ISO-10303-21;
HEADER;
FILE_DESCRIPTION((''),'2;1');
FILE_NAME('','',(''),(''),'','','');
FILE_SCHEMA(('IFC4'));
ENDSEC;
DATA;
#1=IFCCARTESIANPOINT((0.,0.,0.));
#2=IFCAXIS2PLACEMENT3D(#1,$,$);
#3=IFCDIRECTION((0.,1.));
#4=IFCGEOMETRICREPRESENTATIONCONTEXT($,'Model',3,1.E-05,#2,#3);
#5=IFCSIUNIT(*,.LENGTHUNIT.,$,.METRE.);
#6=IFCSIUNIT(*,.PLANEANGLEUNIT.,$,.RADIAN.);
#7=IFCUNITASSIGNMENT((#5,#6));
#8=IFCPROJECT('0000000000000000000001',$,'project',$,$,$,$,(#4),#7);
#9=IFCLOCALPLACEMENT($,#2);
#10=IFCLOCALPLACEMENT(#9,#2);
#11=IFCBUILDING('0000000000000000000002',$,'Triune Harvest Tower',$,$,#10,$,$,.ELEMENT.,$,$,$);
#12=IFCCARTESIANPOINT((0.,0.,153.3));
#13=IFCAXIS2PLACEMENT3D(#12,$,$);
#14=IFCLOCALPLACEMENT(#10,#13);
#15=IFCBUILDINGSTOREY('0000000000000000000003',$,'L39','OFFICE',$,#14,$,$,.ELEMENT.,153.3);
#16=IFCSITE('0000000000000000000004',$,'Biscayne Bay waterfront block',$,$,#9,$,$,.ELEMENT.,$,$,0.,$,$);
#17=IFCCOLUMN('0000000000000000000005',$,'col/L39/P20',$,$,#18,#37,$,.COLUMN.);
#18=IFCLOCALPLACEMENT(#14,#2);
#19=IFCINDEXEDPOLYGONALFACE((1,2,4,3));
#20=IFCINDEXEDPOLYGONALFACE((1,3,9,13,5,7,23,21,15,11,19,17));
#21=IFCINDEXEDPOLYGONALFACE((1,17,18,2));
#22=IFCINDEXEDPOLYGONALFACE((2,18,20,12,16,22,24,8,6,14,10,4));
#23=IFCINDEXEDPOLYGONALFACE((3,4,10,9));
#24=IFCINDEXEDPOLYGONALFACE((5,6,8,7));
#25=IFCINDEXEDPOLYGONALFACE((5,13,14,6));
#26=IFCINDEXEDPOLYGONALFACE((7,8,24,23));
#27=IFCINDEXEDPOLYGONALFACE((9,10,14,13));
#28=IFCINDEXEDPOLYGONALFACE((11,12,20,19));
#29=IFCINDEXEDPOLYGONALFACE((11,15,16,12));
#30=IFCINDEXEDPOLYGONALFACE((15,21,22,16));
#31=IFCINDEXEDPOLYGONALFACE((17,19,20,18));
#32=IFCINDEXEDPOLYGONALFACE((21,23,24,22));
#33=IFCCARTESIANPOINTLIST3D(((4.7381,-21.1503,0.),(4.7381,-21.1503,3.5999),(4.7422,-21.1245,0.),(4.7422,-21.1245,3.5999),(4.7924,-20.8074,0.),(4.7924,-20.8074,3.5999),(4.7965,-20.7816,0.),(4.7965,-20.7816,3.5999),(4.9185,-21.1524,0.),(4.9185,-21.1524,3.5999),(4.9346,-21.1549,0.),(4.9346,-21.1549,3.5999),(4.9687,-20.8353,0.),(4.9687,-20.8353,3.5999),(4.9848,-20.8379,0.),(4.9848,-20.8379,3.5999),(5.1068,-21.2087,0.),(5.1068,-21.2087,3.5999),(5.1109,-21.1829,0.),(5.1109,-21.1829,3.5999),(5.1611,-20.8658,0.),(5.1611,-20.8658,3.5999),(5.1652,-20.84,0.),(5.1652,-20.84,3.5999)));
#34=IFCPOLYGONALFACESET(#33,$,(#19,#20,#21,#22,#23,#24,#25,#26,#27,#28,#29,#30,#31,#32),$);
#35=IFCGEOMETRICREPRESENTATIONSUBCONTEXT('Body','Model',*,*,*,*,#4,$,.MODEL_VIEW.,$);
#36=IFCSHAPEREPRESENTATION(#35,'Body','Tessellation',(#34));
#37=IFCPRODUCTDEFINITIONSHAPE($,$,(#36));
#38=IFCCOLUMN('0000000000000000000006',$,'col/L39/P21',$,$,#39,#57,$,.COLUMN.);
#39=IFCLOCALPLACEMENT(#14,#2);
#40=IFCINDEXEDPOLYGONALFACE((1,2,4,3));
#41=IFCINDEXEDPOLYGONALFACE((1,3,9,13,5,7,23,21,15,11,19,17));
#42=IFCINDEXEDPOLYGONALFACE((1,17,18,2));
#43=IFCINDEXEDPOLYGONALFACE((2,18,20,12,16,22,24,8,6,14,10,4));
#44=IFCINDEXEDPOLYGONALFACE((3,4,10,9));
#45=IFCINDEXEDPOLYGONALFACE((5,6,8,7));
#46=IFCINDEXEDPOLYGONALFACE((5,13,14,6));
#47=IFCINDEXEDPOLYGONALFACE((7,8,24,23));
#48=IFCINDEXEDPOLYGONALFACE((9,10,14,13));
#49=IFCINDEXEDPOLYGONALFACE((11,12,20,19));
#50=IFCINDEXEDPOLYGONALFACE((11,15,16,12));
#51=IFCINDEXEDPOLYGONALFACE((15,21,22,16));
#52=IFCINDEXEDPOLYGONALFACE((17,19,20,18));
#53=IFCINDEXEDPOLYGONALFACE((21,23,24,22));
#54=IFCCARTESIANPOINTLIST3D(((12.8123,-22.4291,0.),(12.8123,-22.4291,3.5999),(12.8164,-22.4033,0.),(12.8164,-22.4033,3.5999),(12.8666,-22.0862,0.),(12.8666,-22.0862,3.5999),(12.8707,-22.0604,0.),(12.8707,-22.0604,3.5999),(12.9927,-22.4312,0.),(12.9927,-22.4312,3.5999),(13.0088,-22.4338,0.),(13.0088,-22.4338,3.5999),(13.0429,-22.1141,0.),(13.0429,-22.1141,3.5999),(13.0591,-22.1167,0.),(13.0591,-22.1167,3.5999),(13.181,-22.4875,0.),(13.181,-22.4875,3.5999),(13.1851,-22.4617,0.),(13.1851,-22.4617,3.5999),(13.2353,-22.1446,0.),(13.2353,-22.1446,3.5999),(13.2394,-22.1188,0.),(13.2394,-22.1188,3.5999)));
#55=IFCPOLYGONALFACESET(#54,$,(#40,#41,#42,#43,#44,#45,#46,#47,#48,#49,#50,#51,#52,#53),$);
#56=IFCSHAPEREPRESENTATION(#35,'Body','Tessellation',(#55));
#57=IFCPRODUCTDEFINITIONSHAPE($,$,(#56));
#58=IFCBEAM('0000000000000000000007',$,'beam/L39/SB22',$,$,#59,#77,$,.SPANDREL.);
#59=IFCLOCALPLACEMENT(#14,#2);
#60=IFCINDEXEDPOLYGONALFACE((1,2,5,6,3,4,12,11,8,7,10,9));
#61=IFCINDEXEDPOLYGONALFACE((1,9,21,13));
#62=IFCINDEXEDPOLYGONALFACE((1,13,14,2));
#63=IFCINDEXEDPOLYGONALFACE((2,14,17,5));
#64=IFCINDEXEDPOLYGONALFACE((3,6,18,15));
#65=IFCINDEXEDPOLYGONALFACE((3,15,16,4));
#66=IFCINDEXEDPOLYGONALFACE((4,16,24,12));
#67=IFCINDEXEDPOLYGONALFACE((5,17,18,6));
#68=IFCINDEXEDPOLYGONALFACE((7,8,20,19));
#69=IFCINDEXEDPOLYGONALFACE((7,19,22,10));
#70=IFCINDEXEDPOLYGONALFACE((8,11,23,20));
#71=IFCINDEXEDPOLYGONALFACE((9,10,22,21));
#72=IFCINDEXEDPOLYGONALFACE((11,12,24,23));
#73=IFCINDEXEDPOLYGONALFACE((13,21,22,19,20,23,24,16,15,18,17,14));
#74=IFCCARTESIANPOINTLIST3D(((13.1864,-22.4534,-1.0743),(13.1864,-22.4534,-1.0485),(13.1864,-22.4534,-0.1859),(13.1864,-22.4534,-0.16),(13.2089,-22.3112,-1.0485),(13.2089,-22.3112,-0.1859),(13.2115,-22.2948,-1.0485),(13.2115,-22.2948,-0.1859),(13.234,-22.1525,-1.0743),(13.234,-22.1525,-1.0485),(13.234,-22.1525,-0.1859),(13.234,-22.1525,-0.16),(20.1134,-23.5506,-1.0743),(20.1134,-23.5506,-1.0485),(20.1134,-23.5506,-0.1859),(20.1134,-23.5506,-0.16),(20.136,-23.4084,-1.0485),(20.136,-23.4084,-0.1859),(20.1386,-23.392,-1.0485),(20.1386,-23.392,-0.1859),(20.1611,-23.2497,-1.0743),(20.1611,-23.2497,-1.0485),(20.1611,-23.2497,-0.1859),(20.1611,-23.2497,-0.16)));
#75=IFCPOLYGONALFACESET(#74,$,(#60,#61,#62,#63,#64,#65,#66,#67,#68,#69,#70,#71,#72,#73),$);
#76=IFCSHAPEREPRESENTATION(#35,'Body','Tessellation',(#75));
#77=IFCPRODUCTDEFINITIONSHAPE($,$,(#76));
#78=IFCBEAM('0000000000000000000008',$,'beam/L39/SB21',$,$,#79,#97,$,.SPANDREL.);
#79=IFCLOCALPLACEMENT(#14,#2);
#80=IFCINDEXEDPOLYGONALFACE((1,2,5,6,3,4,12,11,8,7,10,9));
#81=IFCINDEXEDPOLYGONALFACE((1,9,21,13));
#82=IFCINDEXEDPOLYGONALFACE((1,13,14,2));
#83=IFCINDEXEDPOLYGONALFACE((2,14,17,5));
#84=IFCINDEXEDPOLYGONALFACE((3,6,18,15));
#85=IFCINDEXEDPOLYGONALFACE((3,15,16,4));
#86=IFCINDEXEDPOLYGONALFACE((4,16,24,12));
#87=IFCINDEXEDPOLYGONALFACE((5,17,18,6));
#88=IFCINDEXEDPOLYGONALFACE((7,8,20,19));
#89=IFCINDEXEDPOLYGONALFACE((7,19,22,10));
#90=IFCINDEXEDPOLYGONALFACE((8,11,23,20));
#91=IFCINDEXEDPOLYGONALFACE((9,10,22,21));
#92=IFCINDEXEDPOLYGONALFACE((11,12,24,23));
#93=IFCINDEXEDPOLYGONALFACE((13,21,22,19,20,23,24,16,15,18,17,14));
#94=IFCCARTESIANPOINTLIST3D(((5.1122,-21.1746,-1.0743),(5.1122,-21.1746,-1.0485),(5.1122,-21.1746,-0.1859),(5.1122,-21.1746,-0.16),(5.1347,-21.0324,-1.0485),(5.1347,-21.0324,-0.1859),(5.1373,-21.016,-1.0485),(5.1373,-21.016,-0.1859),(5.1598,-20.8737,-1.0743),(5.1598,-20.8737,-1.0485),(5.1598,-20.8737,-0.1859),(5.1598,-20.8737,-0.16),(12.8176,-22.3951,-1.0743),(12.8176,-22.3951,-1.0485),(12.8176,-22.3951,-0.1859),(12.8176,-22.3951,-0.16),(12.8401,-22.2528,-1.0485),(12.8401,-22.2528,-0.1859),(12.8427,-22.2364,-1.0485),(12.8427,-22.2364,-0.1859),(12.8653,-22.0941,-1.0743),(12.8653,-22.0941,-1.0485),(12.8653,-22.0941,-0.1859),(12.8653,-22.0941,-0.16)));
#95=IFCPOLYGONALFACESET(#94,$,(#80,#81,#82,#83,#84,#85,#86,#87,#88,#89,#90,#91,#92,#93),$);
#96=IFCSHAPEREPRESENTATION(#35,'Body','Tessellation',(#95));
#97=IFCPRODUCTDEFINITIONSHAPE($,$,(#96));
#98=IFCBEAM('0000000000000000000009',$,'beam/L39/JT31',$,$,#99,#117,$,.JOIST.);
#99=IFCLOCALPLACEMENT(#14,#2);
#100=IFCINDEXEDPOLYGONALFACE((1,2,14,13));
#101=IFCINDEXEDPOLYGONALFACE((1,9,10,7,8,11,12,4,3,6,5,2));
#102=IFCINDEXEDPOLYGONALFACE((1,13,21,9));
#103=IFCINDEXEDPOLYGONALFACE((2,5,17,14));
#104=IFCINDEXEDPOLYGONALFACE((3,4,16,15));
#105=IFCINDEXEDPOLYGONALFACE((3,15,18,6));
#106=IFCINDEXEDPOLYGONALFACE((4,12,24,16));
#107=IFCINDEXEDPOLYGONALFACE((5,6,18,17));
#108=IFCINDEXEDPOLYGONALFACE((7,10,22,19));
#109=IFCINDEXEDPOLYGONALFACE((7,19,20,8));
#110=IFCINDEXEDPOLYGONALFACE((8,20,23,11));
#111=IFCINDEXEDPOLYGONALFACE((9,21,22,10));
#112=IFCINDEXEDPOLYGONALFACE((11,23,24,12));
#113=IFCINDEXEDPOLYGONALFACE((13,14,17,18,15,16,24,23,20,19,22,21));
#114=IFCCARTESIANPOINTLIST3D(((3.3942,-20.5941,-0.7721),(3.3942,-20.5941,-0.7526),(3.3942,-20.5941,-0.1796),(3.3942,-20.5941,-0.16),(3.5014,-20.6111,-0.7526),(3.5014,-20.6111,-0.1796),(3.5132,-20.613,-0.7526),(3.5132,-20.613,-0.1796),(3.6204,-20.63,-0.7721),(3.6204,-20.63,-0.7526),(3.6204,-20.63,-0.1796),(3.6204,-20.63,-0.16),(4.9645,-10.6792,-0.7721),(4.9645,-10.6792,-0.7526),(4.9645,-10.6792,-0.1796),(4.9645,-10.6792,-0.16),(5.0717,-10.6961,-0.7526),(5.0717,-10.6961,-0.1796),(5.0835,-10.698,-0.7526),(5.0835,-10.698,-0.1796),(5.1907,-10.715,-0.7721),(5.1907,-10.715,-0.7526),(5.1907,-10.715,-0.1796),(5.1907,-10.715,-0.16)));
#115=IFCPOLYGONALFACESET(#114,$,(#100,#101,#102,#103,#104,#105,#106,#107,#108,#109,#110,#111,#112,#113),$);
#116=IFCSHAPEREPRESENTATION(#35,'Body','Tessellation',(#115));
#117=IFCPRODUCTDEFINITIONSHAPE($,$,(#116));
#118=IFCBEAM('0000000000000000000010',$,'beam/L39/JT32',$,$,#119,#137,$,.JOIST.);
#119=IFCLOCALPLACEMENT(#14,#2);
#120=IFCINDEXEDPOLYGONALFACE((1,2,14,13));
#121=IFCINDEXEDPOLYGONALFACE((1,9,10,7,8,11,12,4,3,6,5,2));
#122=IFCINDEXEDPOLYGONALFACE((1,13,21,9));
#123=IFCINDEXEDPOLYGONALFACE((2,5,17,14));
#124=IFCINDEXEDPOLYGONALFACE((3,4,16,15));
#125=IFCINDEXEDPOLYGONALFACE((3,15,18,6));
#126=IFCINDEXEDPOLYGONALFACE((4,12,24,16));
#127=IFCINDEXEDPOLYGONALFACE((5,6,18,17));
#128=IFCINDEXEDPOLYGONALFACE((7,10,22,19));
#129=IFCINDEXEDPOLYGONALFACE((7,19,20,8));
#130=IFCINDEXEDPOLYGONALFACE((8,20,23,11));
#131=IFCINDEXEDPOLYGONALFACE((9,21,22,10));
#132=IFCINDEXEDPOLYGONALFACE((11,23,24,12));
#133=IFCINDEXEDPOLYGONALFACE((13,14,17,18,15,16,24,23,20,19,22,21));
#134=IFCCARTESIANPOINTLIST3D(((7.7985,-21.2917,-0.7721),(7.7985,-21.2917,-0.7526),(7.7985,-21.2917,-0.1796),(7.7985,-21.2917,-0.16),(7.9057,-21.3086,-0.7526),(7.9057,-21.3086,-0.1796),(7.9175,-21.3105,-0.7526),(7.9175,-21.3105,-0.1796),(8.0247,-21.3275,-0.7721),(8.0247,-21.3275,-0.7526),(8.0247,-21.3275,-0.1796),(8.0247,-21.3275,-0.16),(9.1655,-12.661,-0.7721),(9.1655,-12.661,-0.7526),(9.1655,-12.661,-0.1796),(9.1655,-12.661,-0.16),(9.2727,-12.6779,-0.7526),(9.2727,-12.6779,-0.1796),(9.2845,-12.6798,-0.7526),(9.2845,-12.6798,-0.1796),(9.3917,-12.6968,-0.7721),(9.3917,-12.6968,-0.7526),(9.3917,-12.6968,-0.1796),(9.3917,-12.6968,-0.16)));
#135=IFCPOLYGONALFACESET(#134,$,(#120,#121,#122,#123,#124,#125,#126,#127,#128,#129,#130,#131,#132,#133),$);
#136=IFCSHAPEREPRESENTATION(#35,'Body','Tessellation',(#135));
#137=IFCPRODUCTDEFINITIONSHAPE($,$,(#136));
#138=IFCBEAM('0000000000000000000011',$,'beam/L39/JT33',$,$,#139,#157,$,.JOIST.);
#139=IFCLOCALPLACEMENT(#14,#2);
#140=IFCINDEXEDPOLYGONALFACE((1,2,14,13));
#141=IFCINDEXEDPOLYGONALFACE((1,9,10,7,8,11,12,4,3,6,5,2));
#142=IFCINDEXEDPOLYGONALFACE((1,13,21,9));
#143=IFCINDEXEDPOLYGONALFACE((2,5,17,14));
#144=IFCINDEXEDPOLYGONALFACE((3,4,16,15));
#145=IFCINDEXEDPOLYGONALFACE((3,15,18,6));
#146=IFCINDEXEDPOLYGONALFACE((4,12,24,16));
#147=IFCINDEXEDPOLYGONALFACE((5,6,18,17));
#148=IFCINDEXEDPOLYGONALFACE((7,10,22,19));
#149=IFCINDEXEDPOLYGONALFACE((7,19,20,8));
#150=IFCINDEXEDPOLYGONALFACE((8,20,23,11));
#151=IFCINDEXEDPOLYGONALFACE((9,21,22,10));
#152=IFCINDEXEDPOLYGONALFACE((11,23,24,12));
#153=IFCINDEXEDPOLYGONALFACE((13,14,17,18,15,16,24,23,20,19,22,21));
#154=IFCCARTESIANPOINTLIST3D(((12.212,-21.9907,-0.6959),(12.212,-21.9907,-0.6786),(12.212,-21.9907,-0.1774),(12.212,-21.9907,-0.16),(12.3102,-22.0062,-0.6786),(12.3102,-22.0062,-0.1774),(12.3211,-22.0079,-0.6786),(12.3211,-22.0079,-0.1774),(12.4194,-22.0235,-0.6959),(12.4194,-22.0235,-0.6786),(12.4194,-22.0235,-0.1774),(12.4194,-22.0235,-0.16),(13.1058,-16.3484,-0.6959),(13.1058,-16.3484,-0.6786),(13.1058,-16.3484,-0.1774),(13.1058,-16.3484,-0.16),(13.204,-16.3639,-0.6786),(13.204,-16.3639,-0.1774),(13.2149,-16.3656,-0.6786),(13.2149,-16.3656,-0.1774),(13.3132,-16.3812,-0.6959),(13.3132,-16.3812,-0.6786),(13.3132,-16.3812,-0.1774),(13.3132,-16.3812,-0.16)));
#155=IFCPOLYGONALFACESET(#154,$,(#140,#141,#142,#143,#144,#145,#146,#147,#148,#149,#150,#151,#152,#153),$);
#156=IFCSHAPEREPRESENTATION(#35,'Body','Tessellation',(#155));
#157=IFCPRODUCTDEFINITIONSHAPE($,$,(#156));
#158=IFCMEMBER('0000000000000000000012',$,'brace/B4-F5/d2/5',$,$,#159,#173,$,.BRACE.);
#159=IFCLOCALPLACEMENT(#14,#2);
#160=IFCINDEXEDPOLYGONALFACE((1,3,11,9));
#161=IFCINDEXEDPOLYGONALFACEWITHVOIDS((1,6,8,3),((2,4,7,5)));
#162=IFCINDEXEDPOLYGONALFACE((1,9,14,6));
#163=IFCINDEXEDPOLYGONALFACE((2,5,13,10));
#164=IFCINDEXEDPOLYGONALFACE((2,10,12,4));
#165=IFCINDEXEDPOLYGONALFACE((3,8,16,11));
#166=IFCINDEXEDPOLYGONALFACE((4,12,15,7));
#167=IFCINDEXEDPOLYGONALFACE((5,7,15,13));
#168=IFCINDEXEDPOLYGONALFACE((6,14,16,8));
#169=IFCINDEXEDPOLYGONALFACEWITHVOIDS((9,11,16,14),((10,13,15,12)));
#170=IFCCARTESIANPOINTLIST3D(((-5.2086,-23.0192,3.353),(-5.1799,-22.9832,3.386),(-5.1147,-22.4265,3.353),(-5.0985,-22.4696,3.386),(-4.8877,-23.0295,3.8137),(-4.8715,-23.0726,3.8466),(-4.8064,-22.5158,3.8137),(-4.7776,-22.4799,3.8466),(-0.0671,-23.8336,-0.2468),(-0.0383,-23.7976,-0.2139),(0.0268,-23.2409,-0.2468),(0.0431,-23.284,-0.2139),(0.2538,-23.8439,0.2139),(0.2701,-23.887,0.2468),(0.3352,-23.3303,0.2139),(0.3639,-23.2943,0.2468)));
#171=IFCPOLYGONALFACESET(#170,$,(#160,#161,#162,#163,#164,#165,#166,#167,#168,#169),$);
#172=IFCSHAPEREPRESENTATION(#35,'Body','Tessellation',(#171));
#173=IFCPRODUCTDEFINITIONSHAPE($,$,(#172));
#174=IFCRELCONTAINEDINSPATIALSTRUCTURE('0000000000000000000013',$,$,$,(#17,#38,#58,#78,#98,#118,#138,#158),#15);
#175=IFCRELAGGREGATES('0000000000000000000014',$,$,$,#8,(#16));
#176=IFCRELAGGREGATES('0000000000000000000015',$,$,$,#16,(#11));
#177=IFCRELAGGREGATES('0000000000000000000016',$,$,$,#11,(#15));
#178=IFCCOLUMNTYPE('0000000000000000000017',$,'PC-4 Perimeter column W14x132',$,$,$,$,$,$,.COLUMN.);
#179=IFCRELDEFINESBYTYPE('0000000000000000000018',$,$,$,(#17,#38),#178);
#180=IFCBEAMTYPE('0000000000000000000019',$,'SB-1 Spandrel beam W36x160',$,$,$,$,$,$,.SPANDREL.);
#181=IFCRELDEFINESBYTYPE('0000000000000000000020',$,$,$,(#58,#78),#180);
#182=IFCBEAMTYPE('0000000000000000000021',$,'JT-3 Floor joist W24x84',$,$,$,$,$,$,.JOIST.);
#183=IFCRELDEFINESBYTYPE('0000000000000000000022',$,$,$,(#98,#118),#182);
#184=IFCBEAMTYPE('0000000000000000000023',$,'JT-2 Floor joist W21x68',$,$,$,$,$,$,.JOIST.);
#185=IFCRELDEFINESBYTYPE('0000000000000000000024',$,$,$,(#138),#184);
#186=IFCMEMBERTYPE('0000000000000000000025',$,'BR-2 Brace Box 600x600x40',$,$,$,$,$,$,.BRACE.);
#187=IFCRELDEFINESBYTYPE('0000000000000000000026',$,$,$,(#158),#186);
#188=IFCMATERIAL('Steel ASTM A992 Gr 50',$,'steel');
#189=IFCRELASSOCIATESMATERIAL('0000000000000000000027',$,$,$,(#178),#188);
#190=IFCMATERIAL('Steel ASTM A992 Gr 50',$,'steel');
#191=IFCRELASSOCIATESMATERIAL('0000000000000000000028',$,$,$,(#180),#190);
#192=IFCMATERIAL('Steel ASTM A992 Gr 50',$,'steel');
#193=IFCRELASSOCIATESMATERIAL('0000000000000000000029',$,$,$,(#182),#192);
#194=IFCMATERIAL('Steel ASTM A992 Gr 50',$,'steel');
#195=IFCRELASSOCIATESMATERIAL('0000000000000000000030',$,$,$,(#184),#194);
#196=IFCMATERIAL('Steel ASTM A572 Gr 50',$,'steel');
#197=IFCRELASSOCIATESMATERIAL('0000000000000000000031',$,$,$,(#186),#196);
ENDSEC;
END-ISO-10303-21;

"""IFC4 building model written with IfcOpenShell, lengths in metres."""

from ifc_helpers import new_model, si_unit, direction, frame, origin, origin_2d, place, context, subcontext, project, spatial, hollow_rectangle, i_section, extrude, source, transform, mapped, material, material_profile, profile_set, type_object, element, save


model = new_model("IFC4")

# Units and contexts
model_context = context("Model", 3, precision=1e-05, world=origin(), true_north=direction((0.0, 1.0)))
body_context = subcontext(model_context, "Body", "Model", "MODEL_VIEW")
ifc_project = project(units=[si_unit("LENGTHUNIT", "METRE"), si_unit("PLANEANGLEUNIT", "RADIAN")], contexts=[model_context])

# Site, building, storey
site_placement = place(None, origin())
site = spatial("IfcSite", under=ifc_project, at=site_placement, Name="Biscayne Bay waterfront block", CompositionType="ELEMENT", RefElevation=0.0)
building_placement = place(site_placement, origin())
building = spatial("IfcBuilding", under=site, at=building_placement, Name="Triune Harvest Tower", CompositionType="ELEMENT")
storey_placement = place(building_placement, frame((0.0, 0.0, 153.3)))
storey = spatial("IfcBuildingStorey", under=building, at=storey_placement, Name="L39", Description="OFFICE", CompositionType="ELEMENT", Elevation=153.3)

# Columns
ifc_material_1 = material(Name="Steel ASTM A992 Gr 50", Category="steel")
ifc_material_profile_1 = material_profile(ifc_material_1, i_section(OverallWidth=0.3733, OverallDepth=0.3733, WebThickness=0.0164, FlangeThickness=0.0261, at=origin_2d()), Name="W14x132")
ifc_profile_set_1 = profile_set([ifc_material_profile_1], Name="Steel ASTM A992 Gr 50")
column_type = type_object("IfcColumnType", Name="PC-4 Perimeter column W14x132", PredefinedType="COLUMN", material=ifc_profile_set_1)
shared_shape_1 = source(origin(), body_context, "Body", "SweptSolid", [
    extrude(i_section(OverallWidth=0.3733, OverallDepth=0.3733, WebThickness=0.0164, FlangeThickness=0.0261, at=origin_2d()), origin(), (0.0, 0.0, 1.0), 3.5999),
])
for number, where, z_axis, x_axis, name in (
    (1, (4.9517, -20.9951, 0.0), (0.0, 0.0, 1.0), (0.987688, -0.156434, 0.0), "col/L39/P20"),
    (2, (13.0259, -22.2739, 0.0), (0.0, 0.0, 1.0), (0.987688, -0.156434, 0.0), "col/L39/P21"),
):
    element("IfcColumn", number, at=place(storey_placement, frame(where, z_axis=z_axis, x_axis=x_axis)), inside=storey, type_object=column_type, Name=name, PredefinedType="COLUMN", context=body_context, shape_type="MappedRepresentation", body=[
        mapped(shared_shape_1, transform((0.0, 0.0, 0.0), scale=1.0)),
    ])

# Beams
ifc_material_2 = material(Name="Steel ASTM A992 Gr 50", Category="steel")
ifc_material_profile_2 = material_profile(ifc_material_2, i_section(OverallWidth=0.3047, OverallDepth=0.9143, WebThickness=0.0166, FlangeThickness=0.0259, at=origin_2d()), Name="W36x160")
ifc_profile_set_2 = profile_set([ifc_material_profile_2], Name="Steel ASTM A992 Gr 50")
beam_type_1 = type_object("IfcBeamType", Name="SB-1 Spandrel beam W36x160", PredefinedType="SPANDREL", material=ifc_profile_set_2)
shared_shape_2 = source(origin(), body_context, "Body", "SweptSolid", [
    extrude(i_section(OverallWidth=0.3047, OverallDepth=0.9143, WebThickness=0.0166, FlangeThickness=0.0259, at=origin_2d()), origin(), (0.0, 0.0, 1.0), 7.0134),
])
beam_1_placement = place(storey_placement, frame((13.2102, -22.303, -0.6172), z_axis=(0.987687, -0.15644, 0.0), x_axis=(0.15644, 0.987687, 0.0)))
element("IfcBeam", 3, at=beam_1_placement, inside=storey, type_object=beam_type_1, Name="beam/L39/SB22", PredefinedType="SPANDREL", context=body_context, shape_type="MappedRepresentation", body=[
    mapped(shared_shape_2, transform((0.0, 0.0, 0.0), scale=1.0)),
])
shared_shape_3 = source(origin(), body_context, "Body", "SweptSolid", [
    extrude(i_section(OverallWidth=0.3047, OverallDepth=0.9143, WebThickness=0.0166, FlangeThickness=0.0259, at=origin_2d()), origin(), (0.0, 0.0, 1.0), 7.8015),
])
beam_2_placement = place(storey_placement, frame((5.136, -21.0242, -0.6172), z_axis=(0.987688, -0.156437, 0.0), x_axis=(0.156437, 0.987688, 0.0)))
element("IfcBeam", 4, at=beam_2_placement, inside=storey, type_object=beam_type_1, Name="beam/L39/SB21", PredefinedType="SPANDREL", context=body_context, shape_type="MappedRepresentation", body=[
    mapped(shared_shape_3, transform((0.0, 0.0, 0.0), scale=1.0)),
])
ifc_material_3 = material(Name="Steel ASTM A992 Gr 50", Category="steel")
ifc_material_profile_3 = material_profile(ifc_material_3, i_section(OverallWidth=0.229, OverallDepth=0.6121, WebThickness=0.012, FlangeThickness=0.0195, at=origin_2d()), Name="W24x84")
ifc_profile_set_3 = profile_set([ifc_material_profile_3], Name="Steel ASTM A992 Gr 50")
beam_type_2 = type_object("IfcBeamType", Name="JT-3 Floor joist W24x84", PredefinedType="JOIST", material=ifc_profile_set_3)
shared_shape_4 = source(origin(), body_context, "Body", "SweptSolid", [
    extrude(i_section(OverallWidth=0.229, OverallDepth=0.6121, WebThickness=0.012, FlangeThickness=0.0195, at=origin_2d()), origin(), (0.0, 0.0, 1.0), 10.0386),
])
beam_3_placement = place(storey_placement, frame((3.5073, -20.6121, -0.4661), z_axis=(0.156427, 0.98769, 0.0), x_axis=(-0.98769, 0.156427, 0.0)))
element("IfcBeam", 5, at=beam_3_placement, inside=storey, type_object=beam_type_2, Name="beam/L39/JT31", PredefinedType="JOIST", context=body_context, shape_type="MappedRepresentation", body=[
    mapped(shared_shape_4, transform((0.0, 0.0, 0.0), scale=1.0)),
])
shared_shape_5 = source(origin(), body_context, "Body", "SweptSolid", [
    extrude(i_section(OverallWidth=0.229, OverallDepth=0.6121, WebThickness=0.012, FlangeThickness=0.0195, at=origin_2d()), origin(), (0.0, 0.0, 1.0), 8.7383),
])
beam_4_placement = place(storey_placement, frame((7.9116, -21.3096, -0.4661), z_axis=(0.156433, 0.987689, 0.0), x_axis=(-0.987689, 0.156433, 0.0)))
element("IfcBeam", 6, at=beam_4_placement, inside=storey, type_object=beam_type_2, Name="beam/L39/JT32", PredefinedType="JOIST", context=body_context, shape_type="MappedRepresentation", body=[
    mapped(shared_shape_5, transform((0.0, 0.0, 0.0), scale=1.0)),
])
ifc_material_4 = material(Name="Steel ASTM A992 Gr 50", Category="steel")
ifc_material_profile_4 = material_profile(ifc_material_4, i_section(OverallWidth=0.21, OverallDepth=0.5359, WebThickness=0.011, FlangeThickness=0.0173, at=origin_2d()), Name="W21x68")
ifc_profile_set_4 = profile_set([ifc_material_profile_4], Name="Steel ASTM A992 Gr 50")
beam_type_3 = type_object("IfcBeamType", Name="JT-2 Floor joist W21x68", PredefinedType="JOIST", material=ifc_profile_set_4)
shared_shape_6 = source(origin(), body_context, "Body", "SweptSolid", [
    extrude(i_section(OverallWidth=0.21, OverallDepth=0.5359, WebThickness=0.011, FlangeThickness=0.0173, at=origin_2d()), origin(), (0.0, 0.0, 1.0), 5.7126),
])
beam_5_placement = place(storey_placement, frame((12.3157, -22.0071, -0.428), z_axis=(0.156459, 0.987685, 0.0), x_axis=(-0.987685, 0.156459, 0.0)))
element("IfcBeam", 7, at=beam_5_placement, inside=storey, type_object=beam_type_3, Name="beam/L39/JT33", PredefinedType="JOIST", context=body_context, shape_type="MappedRepresentation", body=[
    mapped(shared_shape_6, transform((0.0, 0.0, 0.0), scale=1.0)),
])

# Member
ifc_material_5 = material(Name="Steel ASTM A572 Gr 50", Category="steel")
ifc_material_profile_5 = material_profile(ifc_material_5, hollow_rectangle(XDim=0.6001, YDim=0.6001, WallThickness=0.04, at=origin_2d()), Name="Box 600x600x40")
ifc_profile_set_5 = profile_set([ifc_material_profile_5], Name="Steel ASTM A572 Gr 50")
member_type_1 = type_object("IfcMemberType", Name="BR-2 Brace Box 600x600x40", PredefinedType="BRACE", material=ifc_profile_set_5)
shared_shape_7 = source(origin(), body_context, "Body", "SweptSolid", [
    extrude(hollow_rectangle(XDim=0.6001, YDim=0.6001, WallThickness=0.04, at=origin_2d()), origin(), (0.0, 0.0, 1.0), 6.3291),
])
member_1_placement = place(storey_placement, frame((0.1484, -23.564, 0.0), z_axis=(-0.812366, 0.128683, 0.568772), x_axis=(-0.156454, -0.987685, 0.0)))
element("IfcMember", 8, at=member_1_placement, inside=storey, type_object=member_type_1, Name="brace/B4-F5/d2/5", PredefinedType="BRACE", context=body_context, shape_type="MappedRepresentation", body=[
    mapped(shared_shape_7, transform((0.0, 0.0, 0.0), scale=1.0)),
])

save(model, "model.ifc")
